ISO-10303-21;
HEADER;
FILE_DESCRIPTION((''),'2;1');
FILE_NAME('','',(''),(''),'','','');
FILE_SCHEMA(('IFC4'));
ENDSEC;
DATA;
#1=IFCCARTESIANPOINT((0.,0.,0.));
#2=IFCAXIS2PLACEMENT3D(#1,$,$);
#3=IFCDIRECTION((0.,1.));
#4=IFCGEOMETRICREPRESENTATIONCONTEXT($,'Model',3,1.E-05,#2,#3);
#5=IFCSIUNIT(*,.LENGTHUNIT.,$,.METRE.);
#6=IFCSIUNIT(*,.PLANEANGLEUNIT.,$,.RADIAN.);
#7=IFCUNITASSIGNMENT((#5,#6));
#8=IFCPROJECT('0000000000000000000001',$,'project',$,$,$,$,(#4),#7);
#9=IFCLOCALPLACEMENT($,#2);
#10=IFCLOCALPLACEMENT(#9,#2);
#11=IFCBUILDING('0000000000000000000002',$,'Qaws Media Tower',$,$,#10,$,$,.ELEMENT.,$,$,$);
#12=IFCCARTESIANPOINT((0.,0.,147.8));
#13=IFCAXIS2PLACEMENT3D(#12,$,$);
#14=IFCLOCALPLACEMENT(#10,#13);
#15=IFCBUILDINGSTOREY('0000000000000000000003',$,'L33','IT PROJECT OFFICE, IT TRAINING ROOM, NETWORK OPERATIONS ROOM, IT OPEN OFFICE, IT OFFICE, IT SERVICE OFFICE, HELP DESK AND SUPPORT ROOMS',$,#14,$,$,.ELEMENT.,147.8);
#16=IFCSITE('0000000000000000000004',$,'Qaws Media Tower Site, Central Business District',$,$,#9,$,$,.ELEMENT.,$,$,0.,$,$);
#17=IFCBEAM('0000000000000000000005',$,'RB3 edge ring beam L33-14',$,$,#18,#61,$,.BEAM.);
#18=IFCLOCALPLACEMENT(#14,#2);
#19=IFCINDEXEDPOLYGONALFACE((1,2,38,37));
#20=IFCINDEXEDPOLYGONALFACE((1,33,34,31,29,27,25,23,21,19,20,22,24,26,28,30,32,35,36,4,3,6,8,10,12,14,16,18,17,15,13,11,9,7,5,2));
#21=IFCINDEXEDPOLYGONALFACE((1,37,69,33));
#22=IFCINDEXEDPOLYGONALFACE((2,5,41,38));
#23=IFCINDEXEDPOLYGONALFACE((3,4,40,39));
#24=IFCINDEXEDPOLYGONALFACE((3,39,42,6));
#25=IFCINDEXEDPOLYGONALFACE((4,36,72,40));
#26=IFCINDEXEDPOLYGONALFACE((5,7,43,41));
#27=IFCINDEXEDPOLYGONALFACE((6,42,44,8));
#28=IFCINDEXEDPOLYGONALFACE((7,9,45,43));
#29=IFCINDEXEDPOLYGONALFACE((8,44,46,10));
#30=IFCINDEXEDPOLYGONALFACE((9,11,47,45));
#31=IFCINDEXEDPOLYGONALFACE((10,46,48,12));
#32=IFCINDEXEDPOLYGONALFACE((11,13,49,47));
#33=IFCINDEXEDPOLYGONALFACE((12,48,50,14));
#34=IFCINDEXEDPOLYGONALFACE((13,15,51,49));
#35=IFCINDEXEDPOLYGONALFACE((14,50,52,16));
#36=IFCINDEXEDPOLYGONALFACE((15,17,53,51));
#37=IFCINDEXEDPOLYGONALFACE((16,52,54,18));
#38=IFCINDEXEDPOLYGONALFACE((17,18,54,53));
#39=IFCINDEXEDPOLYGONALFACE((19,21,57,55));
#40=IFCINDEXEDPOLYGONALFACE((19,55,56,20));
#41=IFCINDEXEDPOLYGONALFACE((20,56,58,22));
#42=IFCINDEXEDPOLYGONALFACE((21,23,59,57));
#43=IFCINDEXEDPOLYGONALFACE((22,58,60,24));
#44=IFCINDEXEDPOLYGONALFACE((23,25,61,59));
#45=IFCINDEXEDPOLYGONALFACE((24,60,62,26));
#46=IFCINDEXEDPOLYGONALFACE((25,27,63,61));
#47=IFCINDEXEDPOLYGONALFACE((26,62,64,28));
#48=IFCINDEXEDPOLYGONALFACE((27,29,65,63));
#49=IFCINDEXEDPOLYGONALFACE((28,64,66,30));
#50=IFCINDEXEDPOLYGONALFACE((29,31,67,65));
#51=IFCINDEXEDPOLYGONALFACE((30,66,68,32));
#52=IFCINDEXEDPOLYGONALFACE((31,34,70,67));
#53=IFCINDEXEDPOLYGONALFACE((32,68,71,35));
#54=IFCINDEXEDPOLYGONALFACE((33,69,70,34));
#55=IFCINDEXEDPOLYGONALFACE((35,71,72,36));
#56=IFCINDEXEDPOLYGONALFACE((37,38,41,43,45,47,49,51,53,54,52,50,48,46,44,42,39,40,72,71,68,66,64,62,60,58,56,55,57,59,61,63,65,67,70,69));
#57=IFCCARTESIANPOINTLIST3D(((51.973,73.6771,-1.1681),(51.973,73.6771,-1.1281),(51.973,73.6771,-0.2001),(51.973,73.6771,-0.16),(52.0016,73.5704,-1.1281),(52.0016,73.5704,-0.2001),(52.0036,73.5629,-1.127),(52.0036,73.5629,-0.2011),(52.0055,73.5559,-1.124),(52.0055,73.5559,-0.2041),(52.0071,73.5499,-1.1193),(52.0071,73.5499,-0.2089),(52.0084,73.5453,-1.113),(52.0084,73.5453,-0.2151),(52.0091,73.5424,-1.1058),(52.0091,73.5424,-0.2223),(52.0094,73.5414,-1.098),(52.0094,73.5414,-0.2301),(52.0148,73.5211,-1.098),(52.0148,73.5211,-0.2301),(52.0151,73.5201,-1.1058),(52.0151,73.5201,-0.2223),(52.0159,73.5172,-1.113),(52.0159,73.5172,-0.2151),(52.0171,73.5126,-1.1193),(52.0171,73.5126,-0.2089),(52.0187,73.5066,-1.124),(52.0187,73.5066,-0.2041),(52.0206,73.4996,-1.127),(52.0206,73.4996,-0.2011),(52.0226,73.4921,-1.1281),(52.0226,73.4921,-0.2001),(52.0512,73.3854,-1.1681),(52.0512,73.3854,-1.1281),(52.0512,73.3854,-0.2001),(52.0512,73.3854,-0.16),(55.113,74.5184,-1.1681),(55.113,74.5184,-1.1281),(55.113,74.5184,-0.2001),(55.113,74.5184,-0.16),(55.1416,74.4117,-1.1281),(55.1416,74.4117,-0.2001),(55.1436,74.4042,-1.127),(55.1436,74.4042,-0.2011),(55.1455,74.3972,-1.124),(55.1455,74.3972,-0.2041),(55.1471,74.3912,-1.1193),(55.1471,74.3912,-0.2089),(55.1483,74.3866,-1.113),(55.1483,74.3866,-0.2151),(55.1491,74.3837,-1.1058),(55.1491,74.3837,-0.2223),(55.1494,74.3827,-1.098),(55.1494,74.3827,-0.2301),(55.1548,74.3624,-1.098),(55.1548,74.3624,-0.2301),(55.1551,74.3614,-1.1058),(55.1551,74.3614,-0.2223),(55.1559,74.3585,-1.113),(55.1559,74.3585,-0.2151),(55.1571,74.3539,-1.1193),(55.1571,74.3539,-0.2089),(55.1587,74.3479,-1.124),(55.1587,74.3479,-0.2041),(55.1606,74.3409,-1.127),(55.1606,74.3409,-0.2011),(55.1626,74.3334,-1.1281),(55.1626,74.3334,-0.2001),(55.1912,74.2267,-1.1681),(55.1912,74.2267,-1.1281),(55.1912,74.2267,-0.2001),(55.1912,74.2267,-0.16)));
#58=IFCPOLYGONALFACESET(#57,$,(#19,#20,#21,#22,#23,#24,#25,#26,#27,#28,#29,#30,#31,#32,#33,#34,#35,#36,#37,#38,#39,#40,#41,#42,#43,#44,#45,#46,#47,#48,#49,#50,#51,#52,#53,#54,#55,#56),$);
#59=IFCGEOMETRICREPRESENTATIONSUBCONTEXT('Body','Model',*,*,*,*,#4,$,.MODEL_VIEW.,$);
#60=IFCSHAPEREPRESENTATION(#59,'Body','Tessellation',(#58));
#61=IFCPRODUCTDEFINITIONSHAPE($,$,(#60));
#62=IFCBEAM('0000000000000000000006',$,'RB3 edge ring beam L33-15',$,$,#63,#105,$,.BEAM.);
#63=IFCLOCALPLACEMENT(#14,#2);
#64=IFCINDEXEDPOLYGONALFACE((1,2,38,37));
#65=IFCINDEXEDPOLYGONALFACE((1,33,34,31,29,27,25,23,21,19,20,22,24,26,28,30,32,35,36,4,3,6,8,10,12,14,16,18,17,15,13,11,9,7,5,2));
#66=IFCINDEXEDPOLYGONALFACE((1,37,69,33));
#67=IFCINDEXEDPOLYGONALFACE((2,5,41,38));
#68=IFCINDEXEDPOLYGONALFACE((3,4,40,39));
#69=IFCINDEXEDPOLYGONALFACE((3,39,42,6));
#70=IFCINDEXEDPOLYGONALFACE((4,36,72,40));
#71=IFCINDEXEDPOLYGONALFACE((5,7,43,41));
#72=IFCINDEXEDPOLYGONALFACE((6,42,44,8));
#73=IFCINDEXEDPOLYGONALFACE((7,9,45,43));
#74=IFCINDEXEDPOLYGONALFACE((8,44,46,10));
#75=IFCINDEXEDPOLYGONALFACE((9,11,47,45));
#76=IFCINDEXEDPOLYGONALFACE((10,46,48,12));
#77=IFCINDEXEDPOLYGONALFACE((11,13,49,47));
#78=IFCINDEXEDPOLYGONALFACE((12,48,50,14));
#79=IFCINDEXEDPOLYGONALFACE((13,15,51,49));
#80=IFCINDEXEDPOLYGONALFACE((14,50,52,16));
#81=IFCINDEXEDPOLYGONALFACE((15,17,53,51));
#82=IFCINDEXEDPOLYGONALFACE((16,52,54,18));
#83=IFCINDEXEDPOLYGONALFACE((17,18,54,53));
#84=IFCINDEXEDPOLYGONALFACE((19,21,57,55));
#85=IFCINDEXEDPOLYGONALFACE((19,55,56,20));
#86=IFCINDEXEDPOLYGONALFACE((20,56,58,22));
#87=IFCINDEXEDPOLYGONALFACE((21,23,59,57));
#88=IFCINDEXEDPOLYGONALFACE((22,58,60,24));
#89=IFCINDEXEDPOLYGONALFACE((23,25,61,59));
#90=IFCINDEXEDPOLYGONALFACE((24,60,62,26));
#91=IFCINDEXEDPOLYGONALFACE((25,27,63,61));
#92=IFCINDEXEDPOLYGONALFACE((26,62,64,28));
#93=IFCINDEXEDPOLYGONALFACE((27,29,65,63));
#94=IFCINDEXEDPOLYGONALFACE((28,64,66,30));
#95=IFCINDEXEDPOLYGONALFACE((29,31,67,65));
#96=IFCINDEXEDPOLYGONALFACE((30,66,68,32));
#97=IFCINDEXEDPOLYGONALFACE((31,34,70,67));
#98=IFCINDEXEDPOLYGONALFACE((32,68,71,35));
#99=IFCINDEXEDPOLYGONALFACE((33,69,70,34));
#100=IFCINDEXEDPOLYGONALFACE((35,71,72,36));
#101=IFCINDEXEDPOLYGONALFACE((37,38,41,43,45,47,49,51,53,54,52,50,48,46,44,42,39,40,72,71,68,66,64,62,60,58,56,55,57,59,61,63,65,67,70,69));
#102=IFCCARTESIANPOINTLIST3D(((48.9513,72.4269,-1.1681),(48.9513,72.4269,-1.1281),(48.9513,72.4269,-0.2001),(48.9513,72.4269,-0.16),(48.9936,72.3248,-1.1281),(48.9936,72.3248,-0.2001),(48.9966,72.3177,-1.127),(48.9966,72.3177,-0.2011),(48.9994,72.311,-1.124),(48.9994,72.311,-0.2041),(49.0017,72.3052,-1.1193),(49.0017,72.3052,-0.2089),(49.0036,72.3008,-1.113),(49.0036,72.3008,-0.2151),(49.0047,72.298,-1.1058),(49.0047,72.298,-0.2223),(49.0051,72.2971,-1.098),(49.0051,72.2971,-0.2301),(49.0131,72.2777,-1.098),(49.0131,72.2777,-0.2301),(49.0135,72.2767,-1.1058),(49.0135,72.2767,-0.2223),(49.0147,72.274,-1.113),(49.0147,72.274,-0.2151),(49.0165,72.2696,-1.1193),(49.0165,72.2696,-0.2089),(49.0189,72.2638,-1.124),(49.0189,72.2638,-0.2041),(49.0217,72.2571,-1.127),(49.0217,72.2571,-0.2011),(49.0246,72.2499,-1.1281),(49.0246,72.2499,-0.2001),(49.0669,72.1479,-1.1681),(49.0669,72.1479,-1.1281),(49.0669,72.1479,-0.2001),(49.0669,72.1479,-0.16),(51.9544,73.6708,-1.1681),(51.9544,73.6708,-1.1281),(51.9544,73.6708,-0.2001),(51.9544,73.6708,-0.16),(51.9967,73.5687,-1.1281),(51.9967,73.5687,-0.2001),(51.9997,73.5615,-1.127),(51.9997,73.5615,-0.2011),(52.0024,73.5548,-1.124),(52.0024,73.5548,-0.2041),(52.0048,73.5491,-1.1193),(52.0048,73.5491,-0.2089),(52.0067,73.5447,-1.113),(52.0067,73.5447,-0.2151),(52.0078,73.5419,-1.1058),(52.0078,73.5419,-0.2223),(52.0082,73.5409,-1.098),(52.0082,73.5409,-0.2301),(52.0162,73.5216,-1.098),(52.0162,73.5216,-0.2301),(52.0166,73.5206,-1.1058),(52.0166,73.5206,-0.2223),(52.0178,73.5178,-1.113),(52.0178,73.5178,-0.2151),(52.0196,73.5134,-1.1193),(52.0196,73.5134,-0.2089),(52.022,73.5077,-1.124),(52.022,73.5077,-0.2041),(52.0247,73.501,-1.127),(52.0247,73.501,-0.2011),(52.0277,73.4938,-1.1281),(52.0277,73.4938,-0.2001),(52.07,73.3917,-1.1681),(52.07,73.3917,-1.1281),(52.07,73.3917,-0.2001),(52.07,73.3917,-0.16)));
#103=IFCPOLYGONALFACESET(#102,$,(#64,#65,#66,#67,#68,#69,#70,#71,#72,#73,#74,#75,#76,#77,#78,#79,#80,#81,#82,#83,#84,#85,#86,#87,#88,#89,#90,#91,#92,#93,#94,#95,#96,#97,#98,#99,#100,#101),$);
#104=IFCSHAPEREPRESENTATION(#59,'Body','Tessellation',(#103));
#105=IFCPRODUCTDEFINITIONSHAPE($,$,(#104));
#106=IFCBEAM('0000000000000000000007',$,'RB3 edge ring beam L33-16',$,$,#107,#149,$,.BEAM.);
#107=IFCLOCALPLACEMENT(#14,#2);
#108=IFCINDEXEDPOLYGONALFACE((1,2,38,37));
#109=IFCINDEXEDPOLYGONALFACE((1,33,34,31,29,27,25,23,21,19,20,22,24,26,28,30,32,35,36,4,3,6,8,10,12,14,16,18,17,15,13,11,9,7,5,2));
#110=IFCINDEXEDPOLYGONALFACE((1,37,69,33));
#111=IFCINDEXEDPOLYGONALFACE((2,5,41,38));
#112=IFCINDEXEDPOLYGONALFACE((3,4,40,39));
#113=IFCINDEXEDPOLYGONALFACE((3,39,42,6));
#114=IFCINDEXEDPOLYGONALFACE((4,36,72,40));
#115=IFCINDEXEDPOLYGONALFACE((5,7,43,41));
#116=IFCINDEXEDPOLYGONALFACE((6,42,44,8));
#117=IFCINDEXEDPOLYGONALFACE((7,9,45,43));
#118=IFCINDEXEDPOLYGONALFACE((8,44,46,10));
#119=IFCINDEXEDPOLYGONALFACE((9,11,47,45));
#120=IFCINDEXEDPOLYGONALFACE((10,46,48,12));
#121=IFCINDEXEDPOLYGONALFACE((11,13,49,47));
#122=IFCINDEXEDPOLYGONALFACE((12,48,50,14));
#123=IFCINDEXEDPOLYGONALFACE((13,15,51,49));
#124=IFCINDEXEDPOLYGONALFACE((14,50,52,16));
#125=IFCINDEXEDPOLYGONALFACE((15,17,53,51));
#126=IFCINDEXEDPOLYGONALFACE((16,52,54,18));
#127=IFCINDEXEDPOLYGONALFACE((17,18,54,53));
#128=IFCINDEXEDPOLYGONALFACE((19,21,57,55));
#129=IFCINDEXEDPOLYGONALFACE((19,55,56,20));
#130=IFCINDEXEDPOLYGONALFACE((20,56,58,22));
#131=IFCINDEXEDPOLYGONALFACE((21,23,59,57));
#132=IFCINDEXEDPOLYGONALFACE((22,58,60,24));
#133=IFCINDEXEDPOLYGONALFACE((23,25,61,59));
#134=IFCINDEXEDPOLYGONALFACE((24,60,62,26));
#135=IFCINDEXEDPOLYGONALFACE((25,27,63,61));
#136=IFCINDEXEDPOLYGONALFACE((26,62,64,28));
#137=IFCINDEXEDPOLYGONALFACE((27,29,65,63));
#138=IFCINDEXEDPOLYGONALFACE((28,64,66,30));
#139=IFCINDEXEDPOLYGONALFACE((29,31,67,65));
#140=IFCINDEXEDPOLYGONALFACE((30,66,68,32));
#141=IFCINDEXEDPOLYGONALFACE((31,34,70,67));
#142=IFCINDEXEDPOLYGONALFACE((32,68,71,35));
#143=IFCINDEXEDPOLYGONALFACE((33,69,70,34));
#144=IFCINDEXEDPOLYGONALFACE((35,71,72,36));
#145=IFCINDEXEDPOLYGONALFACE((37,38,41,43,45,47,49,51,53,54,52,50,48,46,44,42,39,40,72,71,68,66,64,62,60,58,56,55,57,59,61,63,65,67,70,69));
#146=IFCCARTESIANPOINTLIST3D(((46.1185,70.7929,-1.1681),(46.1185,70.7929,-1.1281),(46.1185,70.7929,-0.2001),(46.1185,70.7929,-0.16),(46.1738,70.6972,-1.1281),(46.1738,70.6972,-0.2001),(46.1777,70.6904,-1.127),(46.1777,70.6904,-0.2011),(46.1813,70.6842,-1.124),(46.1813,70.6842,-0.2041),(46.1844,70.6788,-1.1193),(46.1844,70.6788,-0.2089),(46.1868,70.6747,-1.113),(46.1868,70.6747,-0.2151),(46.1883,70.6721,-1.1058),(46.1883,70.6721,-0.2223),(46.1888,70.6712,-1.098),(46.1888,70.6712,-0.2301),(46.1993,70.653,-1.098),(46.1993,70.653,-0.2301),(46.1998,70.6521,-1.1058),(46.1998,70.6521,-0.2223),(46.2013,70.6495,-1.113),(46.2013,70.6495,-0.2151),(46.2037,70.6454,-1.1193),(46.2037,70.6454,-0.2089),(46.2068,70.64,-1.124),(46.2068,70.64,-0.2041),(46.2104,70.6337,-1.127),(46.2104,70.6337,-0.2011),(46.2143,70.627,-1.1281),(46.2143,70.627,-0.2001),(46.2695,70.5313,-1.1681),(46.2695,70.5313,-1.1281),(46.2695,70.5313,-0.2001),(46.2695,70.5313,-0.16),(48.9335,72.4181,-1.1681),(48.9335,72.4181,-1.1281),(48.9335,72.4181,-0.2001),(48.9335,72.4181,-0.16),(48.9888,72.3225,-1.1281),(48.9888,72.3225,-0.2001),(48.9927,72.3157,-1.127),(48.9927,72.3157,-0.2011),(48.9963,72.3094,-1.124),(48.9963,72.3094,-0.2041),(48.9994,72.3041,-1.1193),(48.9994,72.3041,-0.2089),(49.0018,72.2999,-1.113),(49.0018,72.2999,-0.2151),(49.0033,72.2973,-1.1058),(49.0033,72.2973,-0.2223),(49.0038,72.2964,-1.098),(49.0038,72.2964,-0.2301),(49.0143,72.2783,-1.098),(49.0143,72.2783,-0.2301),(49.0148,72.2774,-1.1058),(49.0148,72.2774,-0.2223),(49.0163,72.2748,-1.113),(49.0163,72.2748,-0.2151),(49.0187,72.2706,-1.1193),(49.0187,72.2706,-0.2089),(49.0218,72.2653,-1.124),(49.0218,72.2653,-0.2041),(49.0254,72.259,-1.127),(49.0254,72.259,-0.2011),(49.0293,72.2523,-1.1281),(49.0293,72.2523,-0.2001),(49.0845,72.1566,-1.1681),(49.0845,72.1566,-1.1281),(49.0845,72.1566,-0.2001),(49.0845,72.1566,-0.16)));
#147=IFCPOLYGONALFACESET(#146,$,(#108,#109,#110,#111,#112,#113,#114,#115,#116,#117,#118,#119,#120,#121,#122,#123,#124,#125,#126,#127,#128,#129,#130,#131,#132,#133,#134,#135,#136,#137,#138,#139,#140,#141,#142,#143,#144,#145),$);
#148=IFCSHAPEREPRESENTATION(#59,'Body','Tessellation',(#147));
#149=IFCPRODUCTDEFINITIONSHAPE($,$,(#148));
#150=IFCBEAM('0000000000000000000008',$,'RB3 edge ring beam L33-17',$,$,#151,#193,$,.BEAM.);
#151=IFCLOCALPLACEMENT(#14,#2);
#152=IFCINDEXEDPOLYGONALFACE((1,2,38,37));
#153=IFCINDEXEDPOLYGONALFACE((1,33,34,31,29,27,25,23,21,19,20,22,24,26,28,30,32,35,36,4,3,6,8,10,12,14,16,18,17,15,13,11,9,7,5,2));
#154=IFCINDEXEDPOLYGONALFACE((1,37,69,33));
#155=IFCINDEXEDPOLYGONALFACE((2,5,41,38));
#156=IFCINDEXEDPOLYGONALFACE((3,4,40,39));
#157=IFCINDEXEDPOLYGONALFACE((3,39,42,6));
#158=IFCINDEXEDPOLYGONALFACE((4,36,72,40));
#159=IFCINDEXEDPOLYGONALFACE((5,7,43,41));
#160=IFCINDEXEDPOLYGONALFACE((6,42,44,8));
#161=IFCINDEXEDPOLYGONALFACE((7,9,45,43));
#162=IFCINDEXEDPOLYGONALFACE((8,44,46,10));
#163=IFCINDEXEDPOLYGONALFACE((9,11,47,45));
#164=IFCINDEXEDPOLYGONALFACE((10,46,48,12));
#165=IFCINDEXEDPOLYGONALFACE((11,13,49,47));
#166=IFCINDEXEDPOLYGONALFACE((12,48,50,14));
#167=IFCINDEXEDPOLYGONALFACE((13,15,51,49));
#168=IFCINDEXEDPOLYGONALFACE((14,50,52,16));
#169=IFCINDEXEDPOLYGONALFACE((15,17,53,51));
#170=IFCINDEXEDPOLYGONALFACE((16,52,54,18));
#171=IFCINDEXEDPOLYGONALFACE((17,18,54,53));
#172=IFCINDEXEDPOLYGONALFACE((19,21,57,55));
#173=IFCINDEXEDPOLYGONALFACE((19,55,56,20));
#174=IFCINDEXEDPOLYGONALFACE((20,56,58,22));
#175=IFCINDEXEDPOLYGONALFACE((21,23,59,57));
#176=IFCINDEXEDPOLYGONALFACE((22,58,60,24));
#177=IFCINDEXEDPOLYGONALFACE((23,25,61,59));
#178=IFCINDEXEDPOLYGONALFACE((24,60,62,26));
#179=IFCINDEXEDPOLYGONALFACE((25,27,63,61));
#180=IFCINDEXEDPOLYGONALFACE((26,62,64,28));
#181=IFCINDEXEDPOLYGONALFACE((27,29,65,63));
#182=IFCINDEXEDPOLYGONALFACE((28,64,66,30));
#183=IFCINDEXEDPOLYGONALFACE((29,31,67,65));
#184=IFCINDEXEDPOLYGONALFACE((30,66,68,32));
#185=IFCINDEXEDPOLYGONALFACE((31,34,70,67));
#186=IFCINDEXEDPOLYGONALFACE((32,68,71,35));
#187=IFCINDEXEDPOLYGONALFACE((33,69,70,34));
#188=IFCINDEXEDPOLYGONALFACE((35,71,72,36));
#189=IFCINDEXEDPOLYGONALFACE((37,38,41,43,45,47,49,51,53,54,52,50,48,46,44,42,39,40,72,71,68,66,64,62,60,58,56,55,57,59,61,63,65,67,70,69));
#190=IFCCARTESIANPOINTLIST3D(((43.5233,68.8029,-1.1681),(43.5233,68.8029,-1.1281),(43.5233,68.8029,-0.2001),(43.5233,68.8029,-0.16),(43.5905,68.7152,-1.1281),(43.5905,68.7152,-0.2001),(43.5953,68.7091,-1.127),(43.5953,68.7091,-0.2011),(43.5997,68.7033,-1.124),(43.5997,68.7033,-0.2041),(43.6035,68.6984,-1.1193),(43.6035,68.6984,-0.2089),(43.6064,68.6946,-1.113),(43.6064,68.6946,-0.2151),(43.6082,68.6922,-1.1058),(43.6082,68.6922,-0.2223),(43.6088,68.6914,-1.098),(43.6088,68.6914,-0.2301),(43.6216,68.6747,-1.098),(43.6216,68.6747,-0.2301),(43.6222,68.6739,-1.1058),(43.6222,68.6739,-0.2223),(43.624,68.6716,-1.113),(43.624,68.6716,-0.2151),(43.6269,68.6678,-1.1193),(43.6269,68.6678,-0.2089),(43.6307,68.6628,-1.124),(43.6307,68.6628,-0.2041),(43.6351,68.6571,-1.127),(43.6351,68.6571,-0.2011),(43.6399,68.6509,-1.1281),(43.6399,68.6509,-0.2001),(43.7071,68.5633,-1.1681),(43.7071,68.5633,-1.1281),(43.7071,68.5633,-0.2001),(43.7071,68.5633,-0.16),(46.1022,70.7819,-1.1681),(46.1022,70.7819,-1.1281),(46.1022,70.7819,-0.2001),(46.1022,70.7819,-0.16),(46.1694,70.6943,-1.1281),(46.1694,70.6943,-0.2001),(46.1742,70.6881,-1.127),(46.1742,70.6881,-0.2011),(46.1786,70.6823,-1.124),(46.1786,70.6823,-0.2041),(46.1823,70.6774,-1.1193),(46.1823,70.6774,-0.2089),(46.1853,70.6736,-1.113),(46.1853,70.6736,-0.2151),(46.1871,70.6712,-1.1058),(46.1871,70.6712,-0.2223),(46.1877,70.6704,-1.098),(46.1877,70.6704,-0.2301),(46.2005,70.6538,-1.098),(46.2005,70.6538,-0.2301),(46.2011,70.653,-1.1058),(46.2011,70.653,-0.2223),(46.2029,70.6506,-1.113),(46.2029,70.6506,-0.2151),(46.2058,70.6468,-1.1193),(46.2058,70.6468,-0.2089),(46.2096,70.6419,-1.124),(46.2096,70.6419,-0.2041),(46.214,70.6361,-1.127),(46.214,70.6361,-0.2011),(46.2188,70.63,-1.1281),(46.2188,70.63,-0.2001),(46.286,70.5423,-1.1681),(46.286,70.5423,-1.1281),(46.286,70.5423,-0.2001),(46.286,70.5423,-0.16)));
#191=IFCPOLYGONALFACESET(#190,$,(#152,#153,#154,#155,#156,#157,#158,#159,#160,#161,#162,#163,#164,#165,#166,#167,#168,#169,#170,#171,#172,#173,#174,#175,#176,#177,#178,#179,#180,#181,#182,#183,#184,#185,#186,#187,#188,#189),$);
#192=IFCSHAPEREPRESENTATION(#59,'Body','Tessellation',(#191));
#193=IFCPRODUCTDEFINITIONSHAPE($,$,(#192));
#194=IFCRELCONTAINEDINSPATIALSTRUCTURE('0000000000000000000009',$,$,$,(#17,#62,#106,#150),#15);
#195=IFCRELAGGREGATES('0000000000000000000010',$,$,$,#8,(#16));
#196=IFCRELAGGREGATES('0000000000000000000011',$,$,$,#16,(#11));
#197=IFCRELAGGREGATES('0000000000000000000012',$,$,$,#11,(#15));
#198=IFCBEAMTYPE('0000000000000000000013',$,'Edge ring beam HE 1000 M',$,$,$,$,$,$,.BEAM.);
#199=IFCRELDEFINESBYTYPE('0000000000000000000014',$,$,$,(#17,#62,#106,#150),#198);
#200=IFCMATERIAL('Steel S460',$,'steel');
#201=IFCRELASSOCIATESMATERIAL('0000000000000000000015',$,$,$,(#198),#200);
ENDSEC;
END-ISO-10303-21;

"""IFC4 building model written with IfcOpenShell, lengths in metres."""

from ifc_helpers import new_model, si_unit, direction, frame, origin, origin_2d, place, context, subcontext, project, spatial, i_section, extrude, material, material_profile, profile_set, type_object, element, save


model = new_model("IFC4")

# Units and contexts
model_context = context("Model", 3, precision=1e-05, world=origin(), true_north=direction((0.0, 1.0)))
body_context = subcontext(model_context, "Body", "Model", "MODEL_VIEW")
ifc_project = project(units=[si_unit("LENGTHUNIT", "METRE"), si_unit("PLANEANGLEUNIT", "RADIAN")], contexts=[model_context])

# Site, building, storey
site_placement = place(None, origin())
site = spatial("IfcSite", under=ifc_project, at=site_placement, Name="Qaws Media Tower Site, Central Business District", CompositionType="ELEMENT", RefElevation=0.0)
building_placement = place(site_placement, origin())
building = spatial("IfcBuilding", under=site, at=building_placement, Name="Qaws Media Tower", CompositionType="ELEMENT")
storey_placement = place(building_placement, frame((0.0, 0.0, 147.8)))
storey = spatial("IfcBuildingStorey", under=building, at=storey_placement, Name="L33", Description="IT PROJECT OFFICE, IT TRAINING ROOM, NETWORK OPERATIONS ROOM, IT OPEN OFFICE, IT OFFICE, IT SERVICE OFFICE, HELP DESK AND SUPPORT ROOMS", CompositionType="ELEMENT", Elevation=147.8)

# Beams
ifc_material_1 = material(Name="Steel S460", Category="steel")
ifc_material_profile_1 = material_profile(ifc_material_1, i_section(OverallWidth=0.302, OverallDepth=1.0081, WebThickness=0.021, FlangeThickness=0.04, FilletRadius=0.03, at=origin_2d()), Name="HE 1000 M")
ifc_profile_set_1 = profile_set([ifc_material_profile_1], Name="Steel S460")
beam_type_1 = type_object("IfcBeamType", Name="Edge ring beam HE 1000 M", PredefinedType="BEAM", material=ifc_profile_set_1)
beam_1_placement = place(storey_placement, frame((55.1521, 74.3726, -0.6641), z_axis=(-0.965928, -0.258812, 0.0), x_axis=(0.258812, -0.965928, 0.0)))
element("IfcBeam", 1, at=beam_1_placement, inside=storey, type_object=beam_type_1, Name="RB3 edge ring beam L33-14", PredefinedType="BEAM", context=body_context, shape_type="SweptSolid", body=[
    extrude(i_section(OverallWidth=0.302, OverallDepth=1.0081, WebThickness=0.021, FlangeThickness=0.04, FilletRadius=0.03, at=origin_2d()), origin(), (0.0, 0.0, 1.0), 3.2507),
])
for number, where, z_axis, x_axis, name in (
    (2, (52.0122, 73.5312, -0.6641), (-0.923886, -0.382668, 0.0), (0.382668, -0.923886, 0.0), "RB3 edge ring beam L33-15"),
    (3, (49.009, 72.2874, -0.6641), (-0.86602, -0.500009, 0.0), (0.500009, -0.86602, 0.0), "RB3 edge ring beam L33-16"),
):
    element("IfcBeam", number, at=place(storey_placement, frame(where, z_axis=z_axis, x_axis=x_axis)), inside=storey, type_object=beam_type_1, Name=name, PredefinedType="BEAM", context=body_context, shape_type="SweptSolid", body=[
        extrude(i_section(OverallWidth=0.302, OverallDepth=1.0081, WebThickness=0.021, FlangeThickness=0.04, FilletRadius=0.03, at=origin_2d()), origin(), (0.0, 0.0, 1.0), 3.2505),
    ])
beam_2_placement = place(storey_placement, frame((46.1941, 70.6621, -0.6641), z_axis=(-0.793327, -0.608796, 0.0), x_axis=(0.608796, -0.793327, 0.0)))
element("IfcBeam", 4, at=beam_2_placement, inside=storey, type_object=beam_type_1, Name="RB3 edge ring beam L33-17", PredefinedType="BEAM", context=body_context, shape_type="SweptSolid", body=[
    extrude(i_section(OverallWidth=0.302, OverallDepth=1.0081, WebThickness=0.021, FlangeThickness=0.04, FilletRadius=0.03, at=origin_2d()), origin(), (0.0, 0.0, 1.0), 3.2507),
])

save(model, "model.ifc")
